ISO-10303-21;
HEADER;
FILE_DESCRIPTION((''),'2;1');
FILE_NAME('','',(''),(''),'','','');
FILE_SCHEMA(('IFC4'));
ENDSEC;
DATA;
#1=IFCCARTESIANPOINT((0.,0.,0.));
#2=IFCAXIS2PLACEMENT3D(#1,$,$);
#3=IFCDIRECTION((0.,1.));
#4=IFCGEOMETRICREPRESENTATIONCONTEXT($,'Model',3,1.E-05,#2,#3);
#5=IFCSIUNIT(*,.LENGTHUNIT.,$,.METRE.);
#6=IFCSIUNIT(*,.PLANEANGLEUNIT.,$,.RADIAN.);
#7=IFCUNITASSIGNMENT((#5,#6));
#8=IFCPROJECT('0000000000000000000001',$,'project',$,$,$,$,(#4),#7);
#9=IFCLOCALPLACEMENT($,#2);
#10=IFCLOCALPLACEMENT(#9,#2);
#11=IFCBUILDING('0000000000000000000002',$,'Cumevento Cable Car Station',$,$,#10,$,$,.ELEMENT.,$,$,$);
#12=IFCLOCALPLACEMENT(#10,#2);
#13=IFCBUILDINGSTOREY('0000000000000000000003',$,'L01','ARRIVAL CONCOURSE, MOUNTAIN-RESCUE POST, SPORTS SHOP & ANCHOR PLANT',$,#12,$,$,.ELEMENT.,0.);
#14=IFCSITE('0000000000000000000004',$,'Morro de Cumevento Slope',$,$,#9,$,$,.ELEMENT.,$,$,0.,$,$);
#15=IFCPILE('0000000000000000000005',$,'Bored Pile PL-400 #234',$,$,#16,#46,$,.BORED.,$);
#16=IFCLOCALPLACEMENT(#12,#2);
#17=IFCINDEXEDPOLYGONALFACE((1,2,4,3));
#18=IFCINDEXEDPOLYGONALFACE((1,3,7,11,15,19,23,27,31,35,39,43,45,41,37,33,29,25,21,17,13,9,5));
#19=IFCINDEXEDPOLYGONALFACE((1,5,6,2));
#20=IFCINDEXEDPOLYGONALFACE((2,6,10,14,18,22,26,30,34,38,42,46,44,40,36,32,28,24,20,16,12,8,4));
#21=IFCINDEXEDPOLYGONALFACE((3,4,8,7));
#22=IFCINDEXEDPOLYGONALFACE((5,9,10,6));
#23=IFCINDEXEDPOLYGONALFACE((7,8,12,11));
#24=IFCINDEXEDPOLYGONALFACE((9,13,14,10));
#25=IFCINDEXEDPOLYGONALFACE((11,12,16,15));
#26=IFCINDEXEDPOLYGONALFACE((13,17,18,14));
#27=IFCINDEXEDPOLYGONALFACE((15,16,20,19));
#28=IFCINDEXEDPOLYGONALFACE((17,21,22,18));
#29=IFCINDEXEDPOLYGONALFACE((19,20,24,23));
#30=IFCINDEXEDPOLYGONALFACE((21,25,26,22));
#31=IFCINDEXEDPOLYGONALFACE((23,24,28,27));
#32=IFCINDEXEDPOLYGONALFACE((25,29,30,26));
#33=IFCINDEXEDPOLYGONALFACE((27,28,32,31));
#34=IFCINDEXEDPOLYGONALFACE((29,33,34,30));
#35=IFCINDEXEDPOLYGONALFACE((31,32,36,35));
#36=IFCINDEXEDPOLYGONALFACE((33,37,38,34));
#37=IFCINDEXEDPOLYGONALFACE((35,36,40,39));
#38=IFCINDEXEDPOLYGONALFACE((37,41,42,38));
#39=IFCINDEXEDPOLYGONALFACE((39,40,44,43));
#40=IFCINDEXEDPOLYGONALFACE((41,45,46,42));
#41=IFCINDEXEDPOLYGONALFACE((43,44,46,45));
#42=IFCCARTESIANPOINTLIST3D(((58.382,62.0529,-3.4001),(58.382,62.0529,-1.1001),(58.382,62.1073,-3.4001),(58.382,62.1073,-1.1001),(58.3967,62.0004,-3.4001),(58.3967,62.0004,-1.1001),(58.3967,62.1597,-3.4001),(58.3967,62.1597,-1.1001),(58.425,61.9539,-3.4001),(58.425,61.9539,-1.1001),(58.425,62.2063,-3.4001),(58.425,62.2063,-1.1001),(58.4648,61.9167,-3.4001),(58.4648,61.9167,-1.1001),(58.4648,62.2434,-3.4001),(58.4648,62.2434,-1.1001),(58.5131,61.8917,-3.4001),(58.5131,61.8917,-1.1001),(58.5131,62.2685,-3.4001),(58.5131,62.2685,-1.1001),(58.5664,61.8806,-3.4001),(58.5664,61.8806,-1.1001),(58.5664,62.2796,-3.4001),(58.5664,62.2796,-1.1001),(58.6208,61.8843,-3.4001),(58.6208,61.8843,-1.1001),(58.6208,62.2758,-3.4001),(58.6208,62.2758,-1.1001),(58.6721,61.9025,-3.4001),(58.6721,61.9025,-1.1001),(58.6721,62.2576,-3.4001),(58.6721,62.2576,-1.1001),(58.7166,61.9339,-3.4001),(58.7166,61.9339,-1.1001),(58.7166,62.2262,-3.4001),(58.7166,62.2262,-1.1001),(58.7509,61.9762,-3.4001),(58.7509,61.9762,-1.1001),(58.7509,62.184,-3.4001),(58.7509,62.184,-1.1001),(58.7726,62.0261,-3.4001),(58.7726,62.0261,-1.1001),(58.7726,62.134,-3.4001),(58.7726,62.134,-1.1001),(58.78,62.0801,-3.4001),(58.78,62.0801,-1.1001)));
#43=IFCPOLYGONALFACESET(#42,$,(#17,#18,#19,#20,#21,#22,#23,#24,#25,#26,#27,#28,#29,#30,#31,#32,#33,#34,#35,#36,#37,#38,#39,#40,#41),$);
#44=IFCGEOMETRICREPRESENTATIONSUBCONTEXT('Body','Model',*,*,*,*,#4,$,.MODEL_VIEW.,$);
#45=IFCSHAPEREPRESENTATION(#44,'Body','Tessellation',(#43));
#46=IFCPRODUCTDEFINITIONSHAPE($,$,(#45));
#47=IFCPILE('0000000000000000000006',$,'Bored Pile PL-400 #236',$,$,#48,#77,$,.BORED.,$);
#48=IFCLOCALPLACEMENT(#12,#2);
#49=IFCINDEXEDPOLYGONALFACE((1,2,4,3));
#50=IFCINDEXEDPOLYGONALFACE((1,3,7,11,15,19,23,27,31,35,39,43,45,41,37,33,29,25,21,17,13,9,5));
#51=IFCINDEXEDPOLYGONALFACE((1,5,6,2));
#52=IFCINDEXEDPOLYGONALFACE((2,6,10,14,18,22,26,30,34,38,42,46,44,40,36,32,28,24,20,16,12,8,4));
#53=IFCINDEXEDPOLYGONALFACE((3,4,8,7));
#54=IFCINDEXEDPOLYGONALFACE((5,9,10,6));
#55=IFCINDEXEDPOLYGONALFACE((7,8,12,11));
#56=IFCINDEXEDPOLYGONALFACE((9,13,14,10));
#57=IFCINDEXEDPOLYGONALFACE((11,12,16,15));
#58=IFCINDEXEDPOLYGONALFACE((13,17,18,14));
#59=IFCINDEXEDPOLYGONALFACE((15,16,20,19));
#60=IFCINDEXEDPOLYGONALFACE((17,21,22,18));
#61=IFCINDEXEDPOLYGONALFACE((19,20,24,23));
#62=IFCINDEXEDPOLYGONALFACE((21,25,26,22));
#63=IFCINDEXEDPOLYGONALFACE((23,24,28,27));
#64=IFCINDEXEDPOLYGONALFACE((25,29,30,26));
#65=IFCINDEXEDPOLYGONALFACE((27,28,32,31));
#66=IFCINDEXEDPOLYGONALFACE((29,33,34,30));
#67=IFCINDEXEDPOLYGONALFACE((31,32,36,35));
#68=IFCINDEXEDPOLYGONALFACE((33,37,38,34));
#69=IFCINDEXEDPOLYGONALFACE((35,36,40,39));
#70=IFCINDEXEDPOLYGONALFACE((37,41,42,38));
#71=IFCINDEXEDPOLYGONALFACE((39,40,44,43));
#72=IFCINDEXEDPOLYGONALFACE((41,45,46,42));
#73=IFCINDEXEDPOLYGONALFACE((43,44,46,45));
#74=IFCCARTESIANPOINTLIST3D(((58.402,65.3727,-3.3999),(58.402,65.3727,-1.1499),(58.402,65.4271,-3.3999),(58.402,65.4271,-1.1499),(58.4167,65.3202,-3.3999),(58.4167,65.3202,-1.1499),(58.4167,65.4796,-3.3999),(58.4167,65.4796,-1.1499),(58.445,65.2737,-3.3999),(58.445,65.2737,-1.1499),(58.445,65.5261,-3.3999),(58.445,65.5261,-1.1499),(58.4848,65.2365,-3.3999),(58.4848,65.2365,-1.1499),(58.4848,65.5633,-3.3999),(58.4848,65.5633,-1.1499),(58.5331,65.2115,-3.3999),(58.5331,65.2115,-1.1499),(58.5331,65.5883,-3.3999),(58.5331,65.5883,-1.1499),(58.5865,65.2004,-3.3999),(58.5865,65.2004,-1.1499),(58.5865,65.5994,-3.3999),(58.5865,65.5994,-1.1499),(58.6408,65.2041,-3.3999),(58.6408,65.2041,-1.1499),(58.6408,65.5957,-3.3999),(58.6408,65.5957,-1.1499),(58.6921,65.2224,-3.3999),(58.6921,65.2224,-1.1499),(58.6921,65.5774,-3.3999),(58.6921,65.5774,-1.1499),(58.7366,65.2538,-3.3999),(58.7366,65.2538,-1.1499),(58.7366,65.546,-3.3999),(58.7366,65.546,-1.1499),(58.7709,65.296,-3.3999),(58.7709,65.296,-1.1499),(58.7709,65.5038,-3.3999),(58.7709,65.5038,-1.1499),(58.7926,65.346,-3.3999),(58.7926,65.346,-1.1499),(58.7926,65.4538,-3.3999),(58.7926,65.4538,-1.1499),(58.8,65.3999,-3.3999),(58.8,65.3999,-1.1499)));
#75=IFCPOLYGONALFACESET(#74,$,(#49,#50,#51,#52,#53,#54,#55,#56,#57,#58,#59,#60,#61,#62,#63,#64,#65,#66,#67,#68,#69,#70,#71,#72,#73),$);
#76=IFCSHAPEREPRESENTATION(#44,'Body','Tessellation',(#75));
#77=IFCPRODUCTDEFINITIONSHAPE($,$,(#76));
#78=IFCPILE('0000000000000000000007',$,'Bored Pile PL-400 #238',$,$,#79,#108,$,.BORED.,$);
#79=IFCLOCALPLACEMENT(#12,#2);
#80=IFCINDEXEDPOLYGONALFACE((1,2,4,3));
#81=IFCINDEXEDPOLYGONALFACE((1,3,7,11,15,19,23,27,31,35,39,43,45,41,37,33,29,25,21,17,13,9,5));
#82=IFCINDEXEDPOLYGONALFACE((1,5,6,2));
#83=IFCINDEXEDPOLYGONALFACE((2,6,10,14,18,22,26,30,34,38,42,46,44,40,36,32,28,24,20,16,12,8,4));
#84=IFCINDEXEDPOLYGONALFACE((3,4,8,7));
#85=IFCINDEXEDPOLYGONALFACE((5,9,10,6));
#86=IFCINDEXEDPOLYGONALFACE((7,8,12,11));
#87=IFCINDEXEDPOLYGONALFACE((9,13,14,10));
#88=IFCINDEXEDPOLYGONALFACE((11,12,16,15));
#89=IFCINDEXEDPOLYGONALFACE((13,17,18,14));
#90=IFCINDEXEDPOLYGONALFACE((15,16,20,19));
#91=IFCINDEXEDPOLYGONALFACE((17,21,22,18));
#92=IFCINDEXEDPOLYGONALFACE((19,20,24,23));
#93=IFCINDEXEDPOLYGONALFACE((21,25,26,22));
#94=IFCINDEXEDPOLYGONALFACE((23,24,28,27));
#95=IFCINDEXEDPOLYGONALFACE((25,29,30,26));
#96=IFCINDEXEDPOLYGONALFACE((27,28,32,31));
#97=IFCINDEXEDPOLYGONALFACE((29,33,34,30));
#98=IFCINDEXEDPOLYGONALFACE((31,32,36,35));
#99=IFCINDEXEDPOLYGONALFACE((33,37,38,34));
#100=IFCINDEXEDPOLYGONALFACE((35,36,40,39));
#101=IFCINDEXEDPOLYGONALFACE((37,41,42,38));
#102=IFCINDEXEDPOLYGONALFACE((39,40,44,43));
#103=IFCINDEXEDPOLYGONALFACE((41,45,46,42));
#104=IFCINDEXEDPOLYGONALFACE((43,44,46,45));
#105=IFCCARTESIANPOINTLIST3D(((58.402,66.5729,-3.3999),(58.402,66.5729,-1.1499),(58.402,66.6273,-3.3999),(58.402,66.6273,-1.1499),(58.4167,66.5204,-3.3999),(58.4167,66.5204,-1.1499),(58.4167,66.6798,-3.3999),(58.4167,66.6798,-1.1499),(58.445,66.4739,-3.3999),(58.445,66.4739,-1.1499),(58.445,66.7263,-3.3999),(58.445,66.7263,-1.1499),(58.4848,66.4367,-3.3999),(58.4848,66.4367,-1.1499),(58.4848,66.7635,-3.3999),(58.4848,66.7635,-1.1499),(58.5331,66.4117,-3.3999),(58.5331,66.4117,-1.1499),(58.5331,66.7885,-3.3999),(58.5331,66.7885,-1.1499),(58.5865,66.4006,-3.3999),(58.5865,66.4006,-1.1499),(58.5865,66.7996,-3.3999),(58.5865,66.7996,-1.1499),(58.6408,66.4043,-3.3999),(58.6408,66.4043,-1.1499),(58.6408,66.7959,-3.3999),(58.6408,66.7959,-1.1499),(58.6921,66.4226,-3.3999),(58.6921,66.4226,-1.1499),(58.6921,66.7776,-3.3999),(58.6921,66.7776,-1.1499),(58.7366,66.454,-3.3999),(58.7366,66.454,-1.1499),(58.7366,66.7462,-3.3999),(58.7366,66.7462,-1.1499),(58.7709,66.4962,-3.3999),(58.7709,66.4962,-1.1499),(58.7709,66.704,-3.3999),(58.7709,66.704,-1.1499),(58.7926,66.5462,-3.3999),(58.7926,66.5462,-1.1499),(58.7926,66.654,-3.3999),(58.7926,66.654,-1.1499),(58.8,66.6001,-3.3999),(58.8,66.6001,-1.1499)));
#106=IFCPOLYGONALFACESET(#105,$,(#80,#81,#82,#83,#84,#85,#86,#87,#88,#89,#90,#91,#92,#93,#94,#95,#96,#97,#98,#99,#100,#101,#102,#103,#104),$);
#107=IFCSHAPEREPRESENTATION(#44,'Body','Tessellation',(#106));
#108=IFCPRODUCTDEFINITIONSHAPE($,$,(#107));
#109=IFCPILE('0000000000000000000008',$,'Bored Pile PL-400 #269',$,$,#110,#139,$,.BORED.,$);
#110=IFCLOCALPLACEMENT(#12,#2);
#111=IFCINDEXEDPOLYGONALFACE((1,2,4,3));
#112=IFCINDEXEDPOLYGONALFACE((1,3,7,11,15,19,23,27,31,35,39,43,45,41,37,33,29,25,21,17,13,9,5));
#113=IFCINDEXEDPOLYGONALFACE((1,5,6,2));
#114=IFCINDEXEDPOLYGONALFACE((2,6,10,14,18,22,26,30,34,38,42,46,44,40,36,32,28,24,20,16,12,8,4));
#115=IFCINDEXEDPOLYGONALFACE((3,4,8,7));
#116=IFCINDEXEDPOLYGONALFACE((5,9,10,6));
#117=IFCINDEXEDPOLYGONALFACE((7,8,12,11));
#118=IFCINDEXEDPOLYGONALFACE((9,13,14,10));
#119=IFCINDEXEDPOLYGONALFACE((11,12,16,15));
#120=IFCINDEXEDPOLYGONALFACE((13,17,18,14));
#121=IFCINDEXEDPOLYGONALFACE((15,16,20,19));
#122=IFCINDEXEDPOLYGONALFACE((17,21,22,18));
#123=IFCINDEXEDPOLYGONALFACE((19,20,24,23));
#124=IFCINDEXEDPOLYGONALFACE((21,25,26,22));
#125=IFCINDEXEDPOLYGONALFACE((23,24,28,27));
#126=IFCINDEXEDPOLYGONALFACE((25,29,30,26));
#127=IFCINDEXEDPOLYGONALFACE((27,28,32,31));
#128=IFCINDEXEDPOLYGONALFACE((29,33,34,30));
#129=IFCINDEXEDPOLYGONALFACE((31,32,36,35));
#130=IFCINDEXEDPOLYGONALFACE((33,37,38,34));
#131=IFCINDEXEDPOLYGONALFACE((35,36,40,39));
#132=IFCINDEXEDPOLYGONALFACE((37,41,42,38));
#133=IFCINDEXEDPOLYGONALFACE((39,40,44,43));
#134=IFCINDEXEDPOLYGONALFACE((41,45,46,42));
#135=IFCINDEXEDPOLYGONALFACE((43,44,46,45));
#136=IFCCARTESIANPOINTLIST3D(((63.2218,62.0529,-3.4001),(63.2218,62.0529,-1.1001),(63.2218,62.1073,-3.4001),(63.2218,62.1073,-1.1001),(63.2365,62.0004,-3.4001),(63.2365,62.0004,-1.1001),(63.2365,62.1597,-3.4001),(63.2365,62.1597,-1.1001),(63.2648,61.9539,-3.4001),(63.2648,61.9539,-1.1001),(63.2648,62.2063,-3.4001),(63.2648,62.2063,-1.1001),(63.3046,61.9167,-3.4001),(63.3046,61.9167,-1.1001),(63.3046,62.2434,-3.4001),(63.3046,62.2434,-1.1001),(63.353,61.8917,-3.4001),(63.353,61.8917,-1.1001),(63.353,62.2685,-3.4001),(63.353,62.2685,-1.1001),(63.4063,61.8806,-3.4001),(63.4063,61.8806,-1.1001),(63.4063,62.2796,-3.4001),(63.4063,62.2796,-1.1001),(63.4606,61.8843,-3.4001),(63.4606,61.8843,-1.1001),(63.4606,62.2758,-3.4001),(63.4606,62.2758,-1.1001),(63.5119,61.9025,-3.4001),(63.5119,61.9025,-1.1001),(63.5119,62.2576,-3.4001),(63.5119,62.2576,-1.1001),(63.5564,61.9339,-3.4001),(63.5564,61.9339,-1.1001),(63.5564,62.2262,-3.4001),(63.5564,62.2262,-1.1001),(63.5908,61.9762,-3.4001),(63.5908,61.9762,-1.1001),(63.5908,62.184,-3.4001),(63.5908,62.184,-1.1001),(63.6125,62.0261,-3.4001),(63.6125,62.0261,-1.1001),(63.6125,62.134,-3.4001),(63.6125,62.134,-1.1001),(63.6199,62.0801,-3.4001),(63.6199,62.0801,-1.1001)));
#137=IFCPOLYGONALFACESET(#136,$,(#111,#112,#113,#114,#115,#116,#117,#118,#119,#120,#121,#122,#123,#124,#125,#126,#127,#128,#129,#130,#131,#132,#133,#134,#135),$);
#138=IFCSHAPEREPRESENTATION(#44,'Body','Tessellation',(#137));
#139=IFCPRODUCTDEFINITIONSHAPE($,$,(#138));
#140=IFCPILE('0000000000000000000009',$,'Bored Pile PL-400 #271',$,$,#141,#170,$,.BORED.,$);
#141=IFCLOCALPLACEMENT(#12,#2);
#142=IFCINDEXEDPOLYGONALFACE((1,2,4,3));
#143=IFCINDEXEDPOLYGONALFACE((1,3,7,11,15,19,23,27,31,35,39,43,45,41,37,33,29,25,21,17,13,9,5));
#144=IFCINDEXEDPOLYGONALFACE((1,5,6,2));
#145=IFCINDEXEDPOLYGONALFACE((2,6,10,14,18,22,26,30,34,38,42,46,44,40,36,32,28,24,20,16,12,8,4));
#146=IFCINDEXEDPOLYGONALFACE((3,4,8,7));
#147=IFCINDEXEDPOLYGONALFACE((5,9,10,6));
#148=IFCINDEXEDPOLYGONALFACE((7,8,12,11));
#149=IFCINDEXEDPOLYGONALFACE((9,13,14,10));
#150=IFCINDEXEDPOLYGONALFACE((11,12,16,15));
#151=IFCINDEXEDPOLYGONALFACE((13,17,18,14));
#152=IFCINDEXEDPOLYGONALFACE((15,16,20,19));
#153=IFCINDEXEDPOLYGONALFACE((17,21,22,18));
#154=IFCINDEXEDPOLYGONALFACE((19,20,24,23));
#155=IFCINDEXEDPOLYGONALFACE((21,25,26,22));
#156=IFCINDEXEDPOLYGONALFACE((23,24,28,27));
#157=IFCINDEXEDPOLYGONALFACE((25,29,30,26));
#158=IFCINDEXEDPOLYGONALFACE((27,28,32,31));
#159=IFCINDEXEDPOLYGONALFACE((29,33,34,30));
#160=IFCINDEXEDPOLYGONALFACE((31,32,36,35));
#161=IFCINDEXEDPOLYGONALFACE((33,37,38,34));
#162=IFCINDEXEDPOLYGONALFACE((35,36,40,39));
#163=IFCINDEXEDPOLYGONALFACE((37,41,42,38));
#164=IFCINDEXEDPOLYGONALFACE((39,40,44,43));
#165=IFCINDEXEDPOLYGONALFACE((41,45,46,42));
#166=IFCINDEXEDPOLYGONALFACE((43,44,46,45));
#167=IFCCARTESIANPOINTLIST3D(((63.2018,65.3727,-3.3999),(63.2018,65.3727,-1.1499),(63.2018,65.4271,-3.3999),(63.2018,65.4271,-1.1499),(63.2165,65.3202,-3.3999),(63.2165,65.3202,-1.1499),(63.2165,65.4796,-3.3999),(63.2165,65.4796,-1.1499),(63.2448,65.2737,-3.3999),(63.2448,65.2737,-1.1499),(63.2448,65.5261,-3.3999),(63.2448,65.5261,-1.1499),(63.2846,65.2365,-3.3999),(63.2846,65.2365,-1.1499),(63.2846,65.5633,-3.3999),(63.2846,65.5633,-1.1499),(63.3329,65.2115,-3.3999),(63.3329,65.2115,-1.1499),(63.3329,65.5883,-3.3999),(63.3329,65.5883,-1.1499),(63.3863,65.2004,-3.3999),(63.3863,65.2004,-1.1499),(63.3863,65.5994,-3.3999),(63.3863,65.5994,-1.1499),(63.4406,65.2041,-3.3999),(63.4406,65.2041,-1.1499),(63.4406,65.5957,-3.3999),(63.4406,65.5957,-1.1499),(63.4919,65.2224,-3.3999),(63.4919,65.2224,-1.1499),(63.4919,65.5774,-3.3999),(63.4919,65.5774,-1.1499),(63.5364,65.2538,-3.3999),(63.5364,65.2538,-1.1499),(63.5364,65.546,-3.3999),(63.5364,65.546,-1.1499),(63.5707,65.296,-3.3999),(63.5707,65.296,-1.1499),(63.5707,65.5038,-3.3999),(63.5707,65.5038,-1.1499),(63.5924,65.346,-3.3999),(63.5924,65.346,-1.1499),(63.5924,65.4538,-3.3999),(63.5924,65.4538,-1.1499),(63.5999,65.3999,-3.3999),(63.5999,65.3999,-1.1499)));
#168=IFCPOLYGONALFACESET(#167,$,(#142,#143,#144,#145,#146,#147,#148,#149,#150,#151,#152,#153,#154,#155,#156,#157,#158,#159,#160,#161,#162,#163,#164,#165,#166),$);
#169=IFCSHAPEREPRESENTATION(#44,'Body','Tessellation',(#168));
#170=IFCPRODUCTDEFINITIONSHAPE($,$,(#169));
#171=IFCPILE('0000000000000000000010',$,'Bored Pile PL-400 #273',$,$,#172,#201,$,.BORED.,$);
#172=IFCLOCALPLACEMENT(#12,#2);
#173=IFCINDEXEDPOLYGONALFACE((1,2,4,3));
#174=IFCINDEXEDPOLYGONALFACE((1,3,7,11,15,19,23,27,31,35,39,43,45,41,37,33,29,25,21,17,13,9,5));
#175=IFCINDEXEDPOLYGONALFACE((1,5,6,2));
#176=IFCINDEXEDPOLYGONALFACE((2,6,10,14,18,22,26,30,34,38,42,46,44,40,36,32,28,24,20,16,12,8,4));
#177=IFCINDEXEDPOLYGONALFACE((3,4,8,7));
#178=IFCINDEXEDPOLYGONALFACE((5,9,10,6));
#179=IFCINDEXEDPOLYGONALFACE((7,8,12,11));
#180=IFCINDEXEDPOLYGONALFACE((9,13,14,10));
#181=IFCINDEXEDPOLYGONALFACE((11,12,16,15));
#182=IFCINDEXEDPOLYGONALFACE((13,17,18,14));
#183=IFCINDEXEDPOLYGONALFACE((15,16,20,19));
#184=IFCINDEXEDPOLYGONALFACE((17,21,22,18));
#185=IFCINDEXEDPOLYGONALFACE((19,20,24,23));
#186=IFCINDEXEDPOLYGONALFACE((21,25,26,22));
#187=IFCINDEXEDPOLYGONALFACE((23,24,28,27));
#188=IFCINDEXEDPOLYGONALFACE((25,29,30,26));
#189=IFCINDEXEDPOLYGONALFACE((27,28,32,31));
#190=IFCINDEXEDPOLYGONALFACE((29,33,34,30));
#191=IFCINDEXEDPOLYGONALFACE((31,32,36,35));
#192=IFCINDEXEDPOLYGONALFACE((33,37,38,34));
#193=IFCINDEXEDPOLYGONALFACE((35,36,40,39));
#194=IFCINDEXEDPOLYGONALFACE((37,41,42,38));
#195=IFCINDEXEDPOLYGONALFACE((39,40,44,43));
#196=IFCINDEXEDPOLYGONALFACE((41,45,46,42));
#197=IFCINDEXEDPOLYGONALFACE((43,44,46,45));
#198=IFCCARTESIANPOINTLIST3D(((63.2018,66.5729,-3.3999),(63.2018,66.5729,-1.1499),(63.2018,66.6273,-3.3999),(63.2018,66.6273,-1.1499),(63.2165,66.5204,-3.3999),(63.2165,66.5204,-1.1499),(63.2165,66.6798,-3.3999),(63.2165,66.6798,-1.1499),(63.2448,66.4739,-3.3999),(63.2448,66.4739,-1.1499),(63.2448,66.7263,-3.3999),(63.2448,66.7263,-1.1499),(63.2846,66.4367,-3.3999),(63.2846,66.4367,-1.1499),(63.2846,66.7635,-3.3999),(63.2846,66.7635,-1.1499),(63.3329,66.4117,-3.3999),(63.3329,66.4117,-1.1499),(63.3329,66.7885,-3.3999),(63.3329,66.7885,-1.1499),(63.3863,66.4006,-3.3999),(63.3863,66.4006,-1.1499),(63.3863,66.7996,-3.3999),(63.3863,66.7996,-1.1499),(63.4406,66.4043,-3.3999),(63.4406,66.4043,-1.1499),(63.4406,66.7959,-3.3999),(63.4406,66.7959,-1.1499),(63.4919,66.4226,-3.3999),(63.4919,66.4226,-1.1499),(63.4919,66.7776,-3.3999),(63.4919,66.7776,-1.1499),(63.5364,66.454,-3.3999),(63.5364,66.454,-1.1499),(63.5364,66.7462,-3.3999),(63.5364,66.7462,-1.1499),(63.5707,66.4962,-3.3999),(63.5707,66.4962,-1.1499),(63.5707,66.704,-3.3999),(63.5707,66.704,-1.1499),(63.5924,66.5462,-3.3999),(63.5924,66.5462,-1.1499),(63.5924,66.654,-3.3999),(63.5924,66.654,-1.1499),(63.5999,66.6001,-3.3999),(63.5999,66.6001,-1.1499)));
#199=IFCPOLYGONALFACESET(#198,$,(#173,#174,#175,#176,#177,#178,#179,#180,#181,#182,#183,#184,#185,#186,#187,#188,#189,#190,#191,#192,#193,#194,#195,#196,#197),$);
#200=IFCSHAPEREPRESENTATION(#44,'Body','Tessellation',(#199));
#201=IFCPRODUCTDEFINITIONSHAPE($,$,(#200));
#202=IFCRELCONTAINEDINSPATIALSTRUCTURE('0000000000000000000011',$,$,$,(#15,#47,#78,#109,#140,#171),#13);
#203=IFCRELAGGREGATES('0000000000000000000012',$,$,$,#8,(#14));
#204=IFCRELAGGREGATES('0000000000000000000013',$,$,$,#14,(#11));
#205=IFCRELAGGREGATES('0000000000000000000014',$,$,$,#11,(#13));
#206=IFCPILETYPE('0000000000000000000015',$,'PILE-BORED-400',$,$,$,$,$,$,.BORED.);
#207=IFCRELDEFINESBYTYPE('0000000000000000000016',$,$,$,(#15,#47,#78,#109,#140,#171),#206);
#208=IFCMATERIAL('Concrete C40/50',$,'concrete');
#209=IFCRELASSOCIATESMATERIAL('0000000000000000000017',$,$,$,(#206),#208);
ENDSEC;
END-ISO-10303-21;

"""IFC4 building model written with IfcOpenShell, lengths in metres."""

from ifc_helpers import new_model, si_unit, direction, frame, origin, origin_2d, place, context, subcontext, project, spatial, circle, extrude, material, material_profile, profile_set, type_object, element, save


model = new_model("IFC4")

# Units and contexts
model_context = context("Model", 3, precision=1e-05, world=origin(), true_north=direction((0.0, 1.0)))
body_context = subcontext(model_context, "Body", "Model", "MODEL_VIEW")
ifc_project = project(units=[si_unit("LENGTHUNIT", "METRE"), si_unit("PLANEANGLEUNIT", "RADIAN")], contexts=[model_context])

# Site, building, storey
site_placement = place(None, origin())
site = spatial("IfcSite", under=ifc_project, at=site_placement, Name="Morro de Cumevento Slope", CompositionType="ELEMENT", RefElevation=0.0)
building_placement = place(site_placement, origin())
building = spatial("IfcBuilding", under=site, at=building_placement, Name="Cumevento Cable Car Station", CompositionType="ELEMENT")
storey_placement = place(building_placement, origin())
storey = spatial("IfcBuildingStorey", under=building, at=storey_placement, Name="L01", Description="ARRIVAL CONCOURSE, MOUNTAIN-RESCUE POST, SPORTS SHOP & ANCHOR PLANT", CompositionType="ELEMENT", Elevation=0.0)

# Piles
ifc_material_1 = material(Name="Concrete C40/50", Category="concrete")
ifc_material_profile_1 = material_profile(ifc_material_1, circle(Radius=0.2, at=origin_2d()), Name="PILE-D400")
ifc_profile_set_1 = profile_set([ifc_material_profile_1], Name="Concrete C40/50")
pile_type = type_object("IfcPileType", Name="PILE-BORED-400", PredefinedType="BORED", material=ifc_profile_set_1)
pile_1_placement = place(storey_placement, frame((58.5801, 62.0801, -1.1001), z_axis=(0.0, 0.0, -1.0), x_axis=(1.0, 0.0, 0.0)))
element("IfcPile", 1, at=pile_1_placement, inside=storey, type_object=pile_type, Name="Bored Pile PL-400 #234", PredefinedType="BORED", context=body_context, shape_type="SweptSolid", body=[
    extrude(circle(Radius=0.2, at=origin_2d()), origin(), (0.0, 0.0, 1.0), 2.3),
])
for number, where, z_axis, x_axis, name in (
    (2, (58.6001, 65.3999, -1.1499), (0.0, 0.0, -1.0), (1.0, 0.0, 0.0), "Bored Pile PL-400 #236"),
    (3, (58.6001, 66.6001, -1.1499), (0.0, 0.0, -1.0), (1.0, 0.0, 0.0), "Bored Pile PL-400 #238"),
):
    element("IfcPile", number, at=place(storey_placement, frame(where, z_axis=z_axis, x_axis=x_axis)), inside=storey, type_object=pile_type, Name=name, PredefinedType="BORED", context=body_context, shape_type="SweptSolid", body=[
        extrude(circle(Radius=0.2, at=origin_2d()), origin(), (0.0, 0.0, 1.0), 2.25),
    ])
pile_2_placement = place(storey_placement, frame((63.4199, 62.0801, -1.1001), z_axis=(0.0, 0.0, -1.0), x_axis=(1.0, 0.0, 0.0)))
element("IfcPile", 4, at=pile_2_placement, inside=storey, type_object=pile_type, Name="Bored Pile PL-400 #269", PredefinedType="BORED", context=body_context, shape_type="SweptSolid", body=[
    extrude(circle(Radius=0.2, at=origin_2d()), origin(), (0.0, 0.0, 1.0), 2.3),
])
for number, where, z_axis, x_axis, name in (
    (5, (63.3999, 65.3999, -1.1499), (0.0, 0.0, -1.0), (1.0, 0.0, 0.0), "Bored Pile PL-400 #271"),
    (6, (63.3999, 66.6001, -1.1499), (0.0, 0.0, -1.0), (1.0, 0.0, 0.0), "Bored Pile PL-400 #273"),
):
    element("IfcPile", number, at=place(storey_placement, frame(where, z_axis=z_axis, x_axis=x_axis)), inside=storey, type_object=pile_type, Name=name, PredefinedType="BORED", context=body_context, shape_type="SweptSolid", body=[
        extrude(circle(Radius=0.2, at=origin_2d()), origin(), (0.0, 0.0, 1.0), 2.25),
    ])

save(model, "model.ifc")
